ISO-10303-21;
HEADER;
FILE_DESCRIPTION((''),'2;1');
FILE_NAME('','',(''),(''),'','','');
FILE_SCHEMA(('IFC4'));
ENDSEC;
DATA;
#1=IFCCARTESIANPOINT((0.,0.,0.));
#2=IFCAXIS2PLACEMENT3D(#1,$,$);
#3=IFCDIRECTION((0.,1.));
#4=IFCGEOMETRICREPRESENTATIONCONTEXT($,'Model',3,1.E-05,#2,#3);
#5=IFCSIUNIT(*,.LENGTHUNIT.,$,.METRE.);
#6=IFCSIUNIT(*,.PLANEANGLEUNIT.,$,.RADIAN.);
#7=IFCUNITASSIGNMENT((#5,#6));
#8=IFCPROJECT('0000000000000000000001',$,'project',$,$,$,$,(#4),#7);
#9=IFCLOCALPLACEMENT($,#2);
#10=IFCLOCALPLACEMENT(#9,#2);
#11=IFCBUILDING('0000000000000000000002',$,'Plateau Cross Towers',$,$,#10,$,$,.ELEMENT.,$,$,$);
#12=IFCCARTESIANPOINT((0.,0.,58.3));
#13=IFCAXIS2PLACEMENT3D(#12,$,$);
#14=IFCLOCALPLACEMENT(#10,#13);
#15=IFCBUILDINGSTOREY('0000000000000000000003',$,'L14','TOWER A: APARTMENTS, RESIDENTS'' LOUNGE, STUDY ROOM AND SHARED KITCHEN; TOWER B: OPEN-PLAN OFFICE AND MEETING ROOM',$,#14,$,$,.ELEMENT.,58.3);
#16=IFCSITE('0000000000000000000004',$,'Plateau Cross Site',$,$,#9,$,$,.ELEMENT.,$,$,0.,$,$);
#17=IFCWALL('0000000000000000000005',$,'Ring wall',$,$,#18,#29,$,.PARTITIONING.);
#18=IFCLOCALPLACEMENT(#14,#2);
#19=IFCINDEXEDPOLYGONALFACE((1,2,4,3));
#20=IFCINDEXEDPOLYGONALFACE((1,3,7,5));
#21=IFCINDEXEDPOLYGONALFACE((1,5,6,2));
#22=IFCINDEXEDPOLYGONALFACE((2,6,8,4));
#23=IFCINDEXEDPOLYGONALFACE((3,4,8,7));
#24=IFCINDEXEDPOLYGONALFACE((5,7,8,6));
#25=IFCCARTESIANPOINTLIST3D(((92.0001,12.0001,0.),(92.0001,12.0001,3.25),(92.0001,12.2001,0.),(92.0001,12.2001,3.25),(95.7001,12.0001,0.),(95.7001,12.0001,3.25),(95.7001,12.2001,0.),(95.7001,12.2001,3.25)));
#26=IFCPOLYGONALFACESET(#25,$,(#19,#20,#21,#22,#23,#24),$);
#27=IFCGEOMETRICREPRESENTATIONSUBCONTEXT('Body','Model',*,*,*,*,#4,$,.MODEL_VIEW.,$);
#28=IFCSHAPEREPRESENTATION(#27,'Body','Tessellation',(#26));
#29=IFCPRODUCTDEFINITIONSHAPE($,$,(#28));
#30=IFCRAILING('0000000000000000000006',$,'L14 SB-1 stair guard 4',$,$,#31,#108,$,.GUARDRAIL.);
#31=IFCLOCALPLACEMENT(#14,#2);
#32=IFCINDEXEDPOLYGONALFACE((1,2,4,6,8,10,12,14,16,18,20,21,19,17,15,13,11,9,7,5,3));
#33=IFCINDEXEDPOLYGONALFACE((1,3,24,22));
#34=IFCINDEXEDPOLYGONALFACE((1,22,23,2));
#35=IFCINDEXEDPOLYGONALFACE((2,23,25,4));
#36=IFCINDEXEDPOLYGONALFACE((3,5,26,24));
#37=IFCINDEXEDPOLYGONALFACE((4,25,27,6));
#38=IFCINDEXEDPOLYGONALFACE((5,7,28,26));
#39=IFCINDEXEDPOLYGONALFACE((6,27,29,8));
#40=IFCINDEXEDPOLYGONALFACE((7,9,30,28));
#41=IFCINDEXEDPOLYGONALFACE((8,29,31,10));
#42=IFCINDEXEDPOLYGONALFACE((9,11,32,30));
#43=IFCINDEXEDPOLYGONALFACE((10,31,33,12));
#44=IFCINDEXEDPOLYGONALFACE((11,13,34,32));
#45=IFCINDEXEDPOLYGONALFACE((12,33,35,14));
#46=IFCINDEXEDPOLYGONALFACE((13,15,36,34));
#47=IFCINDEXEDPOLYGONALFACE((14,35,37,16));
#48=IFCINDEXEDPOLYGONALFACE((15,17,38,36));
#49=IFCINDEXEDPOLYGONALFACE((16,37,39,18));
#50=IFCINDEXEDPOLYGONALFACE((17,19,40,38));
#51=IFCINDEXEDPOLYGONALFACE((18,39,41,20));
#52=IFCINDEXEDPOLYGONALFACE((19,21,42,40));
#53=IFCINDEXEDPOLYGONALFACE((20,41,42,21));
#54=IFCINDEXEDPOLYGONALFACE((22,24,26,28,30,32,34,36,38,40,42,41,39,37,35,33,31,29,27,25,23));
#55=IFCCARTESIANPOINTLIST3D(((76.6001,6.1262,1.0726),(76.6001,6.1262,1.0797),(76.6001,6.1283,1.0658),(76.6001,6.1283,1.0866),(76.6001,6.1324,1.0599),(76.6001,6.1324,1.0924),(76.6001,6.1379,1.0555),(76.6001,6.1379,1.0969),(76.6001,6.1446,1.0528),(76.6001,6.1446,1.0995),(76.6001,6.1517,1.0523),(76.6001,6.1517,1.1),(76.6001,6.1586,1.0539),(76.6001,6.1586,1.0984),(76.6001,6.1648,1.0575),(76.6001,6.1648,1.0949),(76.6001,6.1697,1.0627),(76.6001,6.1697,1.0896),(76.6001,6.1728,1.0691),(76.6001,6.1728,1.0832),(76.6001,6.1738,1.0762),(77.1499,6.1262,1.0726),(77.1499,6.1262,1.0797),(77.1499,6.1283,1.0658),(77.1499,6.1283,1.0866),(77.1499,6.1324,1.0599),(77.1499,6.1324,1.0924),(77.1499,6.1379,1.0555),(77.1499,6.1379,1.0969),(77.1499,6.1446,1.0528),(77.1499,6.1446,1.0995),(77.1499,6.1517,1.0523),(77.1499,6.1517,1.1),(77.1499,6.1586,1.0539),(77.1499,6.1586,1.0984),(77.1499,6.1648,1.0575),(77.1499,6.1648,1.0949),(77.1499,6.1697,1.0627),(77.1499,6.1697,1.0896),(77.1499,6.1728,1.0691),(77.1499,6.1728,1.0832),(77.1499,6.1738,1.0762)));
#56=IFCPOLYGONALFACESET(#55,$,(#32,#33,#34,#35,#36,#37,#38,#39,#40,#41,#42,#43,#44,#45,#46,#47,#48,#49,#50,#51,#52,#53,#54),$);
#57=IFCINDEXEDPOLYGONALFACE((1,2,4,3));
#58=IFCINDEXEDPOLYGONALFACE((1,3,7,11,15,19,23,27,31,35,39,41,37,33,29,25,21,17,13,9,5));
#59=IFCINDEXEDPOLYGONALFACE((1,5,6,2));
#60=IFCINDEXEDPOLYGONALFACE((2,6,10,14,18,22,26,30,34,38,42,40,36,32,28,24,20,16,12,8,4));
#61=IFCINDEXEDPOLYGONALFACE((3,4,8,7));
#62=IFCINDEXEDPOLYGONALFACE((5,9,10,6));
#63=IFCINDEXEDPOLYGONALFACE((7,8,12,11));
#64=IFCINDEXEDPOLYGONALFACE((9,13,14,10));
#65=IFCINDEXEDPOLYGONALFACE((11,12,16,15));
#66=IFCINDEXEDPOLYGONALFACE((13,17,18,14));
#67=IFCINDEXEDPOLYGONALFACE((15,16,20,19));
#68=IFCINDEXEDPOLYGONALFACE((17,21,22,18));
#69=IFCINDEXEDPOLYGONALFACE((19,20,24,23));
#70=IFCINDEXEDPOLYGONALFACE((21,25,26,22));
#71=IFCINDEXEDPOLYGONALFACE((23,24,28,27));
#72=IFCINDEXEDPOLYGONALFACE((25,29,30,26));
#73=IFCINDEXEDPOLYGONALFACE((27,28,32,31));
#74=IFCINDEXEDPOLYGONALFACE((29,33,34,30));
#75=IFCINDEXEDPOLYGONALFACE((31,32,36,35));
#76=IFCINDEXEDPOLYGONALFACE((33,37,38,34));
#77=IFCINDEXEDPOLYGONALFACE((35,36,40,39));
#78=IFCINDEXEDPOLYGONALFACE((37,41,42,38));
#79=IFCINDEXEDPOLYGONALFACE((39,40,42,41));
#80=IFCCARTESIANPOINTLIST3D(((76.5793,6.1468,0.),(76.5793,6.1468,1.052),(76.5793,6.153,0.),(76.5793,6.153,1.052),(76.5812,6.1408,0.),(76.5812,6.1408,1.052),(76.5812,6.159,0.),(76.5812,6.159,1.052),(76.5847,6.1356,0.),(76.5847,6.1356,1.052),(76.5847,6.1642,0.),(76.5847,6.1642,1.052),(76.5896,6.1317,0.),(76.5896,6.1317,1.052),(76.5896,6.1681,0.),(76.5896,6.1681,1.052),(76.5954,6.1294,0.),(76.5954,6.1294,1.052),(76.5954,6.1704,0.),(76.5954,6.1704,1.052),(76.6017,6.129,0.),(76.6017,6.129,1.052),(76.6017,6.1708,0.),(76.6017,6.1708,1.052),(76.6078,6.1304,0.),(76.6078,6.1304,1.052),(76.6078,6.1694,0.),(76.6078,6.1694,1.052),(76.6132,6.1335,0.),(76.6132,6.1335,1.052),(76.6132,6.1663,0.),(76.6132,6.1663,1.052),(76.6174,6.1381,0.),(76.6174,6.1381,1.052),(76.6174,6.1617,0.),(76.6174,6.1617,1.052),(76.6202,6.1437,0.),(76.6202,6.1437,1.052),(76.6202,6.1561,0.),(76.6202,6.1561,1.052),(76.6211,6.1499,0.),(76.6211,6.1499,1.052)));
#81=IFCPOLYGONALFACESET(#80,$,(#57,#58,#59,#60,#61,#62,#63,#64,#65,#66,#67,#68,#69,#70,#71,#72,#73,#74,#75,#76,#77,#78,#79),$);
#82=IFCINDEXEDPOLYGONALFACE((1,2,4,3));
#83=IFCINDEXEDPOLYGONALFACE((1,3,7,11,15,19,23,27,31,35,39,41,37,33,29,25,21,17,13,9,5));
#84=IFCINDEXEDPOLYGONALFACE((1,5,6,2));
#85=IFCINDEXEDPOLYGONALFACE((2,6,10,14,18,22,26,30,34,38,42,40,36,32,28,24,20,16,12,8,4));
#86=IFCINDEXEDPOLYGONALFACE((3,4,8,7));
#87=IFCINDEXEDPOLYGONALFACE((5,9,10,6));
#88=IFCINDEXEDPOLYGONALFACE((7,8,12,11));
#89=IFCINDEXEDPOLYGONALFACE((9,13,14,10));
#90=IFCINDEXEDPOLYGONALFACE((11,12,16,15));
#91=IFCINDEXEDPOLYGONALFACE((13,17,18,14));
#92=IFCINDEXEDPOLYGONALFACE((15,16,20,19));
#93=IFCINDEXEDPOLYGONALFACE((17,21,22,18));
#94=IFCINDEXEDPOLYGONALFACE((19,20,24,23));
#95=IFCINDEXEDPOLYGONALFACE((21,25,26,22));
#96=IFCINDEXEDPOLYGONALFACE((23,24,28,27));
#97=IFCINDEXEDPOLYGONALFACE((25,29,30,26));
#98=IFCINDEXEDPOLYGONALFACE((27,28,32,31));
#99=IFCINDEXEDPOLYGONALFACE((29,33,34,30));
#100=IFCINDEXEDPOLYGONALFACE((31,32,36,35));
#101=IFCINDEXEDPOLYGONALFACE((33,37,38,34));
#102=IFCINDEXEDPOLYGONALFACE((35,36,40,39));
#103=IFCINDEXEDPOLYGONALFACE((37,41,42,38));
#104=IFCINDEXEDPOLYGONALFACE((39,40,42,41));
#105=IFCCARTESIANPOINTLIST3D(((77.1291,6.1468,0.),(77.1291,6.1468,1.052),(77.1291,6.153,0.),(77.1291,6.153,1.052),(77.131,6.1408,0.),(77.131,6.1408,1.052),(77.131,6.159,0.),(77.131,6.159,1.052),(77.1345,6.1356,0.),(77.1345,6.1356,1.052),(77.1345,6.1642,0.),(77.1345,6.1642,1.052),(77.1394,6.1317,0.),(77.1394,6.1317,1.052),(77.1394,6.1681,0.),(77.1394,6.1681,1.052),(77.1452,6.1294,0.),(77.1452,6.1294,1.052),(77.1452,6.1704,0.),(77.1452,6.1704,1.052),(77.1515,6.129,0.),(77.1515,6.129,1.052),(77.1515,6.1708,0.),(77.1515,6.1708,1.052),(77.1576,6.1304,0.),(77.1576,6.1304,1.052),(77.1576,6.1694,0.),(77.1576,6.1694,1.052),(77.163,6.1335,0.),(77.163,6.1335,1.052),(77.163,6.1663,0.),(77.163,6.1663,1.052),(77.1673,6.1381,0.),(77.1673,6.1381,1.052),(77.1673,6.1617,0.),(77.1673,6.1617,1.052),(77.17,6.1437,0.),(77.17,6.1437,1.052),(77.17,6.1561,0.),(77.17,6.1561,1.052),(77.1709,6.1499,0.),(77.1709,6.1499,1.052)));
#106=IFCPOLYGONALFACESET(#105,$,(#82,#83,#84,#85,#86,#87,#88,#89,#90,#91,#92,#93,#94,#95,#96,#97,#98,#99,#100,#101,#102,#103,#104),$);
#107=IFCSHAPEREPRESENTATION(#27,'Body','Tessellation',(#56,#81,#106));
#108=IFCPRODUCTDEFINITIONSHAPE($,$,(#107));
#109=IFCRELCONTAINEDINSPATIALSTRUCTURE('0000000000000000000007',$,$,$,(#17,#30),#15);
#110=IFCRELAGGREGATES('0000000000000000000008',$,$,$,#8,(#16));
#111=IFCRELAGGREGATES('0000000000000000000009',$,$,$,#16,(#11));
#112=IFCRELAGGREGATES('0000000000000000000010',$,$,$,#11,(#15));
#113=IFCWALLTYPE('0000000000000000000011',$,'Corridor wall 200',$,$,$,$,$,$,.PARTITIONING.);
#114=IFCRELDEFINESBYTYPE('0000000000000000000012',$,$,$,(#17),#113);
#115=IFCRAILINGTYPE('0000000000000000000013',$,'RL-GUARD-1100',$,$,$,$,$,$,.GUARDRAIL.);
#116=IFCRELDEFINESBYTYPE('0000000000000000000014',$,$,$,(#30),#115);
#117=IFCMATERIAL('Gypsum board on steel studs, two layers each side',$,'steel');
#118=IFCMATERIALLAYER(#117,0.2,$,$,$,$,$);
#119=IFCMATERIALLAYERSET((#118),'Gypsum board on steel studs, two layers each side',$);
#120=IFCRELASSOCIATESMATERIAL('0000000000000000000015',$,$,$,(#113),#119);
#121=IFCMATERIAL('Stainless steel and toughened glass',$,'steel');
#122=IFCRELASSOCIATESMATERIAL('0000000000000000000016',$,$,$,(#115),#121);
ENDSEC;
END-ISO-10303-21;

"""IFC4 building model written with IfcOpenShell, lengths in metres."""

from ifc_helpers import new_model, si_unit, direction, frame, frame_2d, origin, origin_2d, place, context, subcontext, project, spatial, rectangle, circle, extrude, material, layer, layer_set, type_object, element, save


model = new_model("IFC4")

# Units and contexts
model_context = context("Model", 3, precision=1e-05, world=origin(), true_north=direction((0.0, 1.0)))
body_context = subcontext(model_context, "Body", "Model", "MODEL_VIEW")
ifc_project = project(units=[si_unit("LENGTHUNIT", "METRE"), si_unit("PLANEANGLEUNIT", "RADIAN")], contexts=[model_context])

# Site, building, storey
site_placement = place(None, origin())
site = spatial("IfcSite", under=ifc_project, at=site_placement, Name="Plateau Cross Site", CompositionType="ELEMENT", RefElevation=0.0)
building_placement = place(site_placement, origin())
building = spatial("IfcBuilding", under=site, at=building_placement, Name="Plateau Cross Towers", CompositionType="ELEMENT")
storey_placement = place(building_placement, frame((0.0, 0.0, 58.3)))
storey = spatial("IfcBuildingStorey", under=building, at=storey_placement, Name="L14", Description="TOWER A: APARTMENTS, RESIDENTS' LOUNGE, STUDY ROOM AND SHARED KITCHEN; TOWER B: OPEN-PLAN OFFICE AND MEETING ROOM", CompositionType="ELEMENT", Elevation=58.3)

# Shared definitions
ifc_material_1 = material(Name="Gypsum board on steel studs, two layers each side", Category="steel")
ifc_layer_1 = layer(ifc_material_1, 0.2)
ifc_layer_set_1 = layer_set([ifc_layer_1], Name="Gypsum board on steel studs, two layers each side")
wall_type_1 = type_object("IfcWallType", Name="Corridor wall 200", PredefinedType="PARTITIONING", material=ifc_layer_set_1)

# Wall
for number, where, z_axis, x_axis, name in (
    (1, (92.0, 12.1001, 0.0), (0.0, 0.0, 1.0), (1.0, 0.0, 0.0), "Ring wall"),
):
    element("IfcWall", number, at=place(storey_placement, frame(where, z_axis=z_axis, x_axis=x_axis)), inside=storey, type_object=wall_type_1, Name=name, PredefinedType="PARTITIONING", context=body_context, shape_type="SweptSolid", body=[
        extrude(rectangle(XDim=3.7, YDim=0.2, at=frame_2d((1.8501, 0.0))), origin(), (0.0, 0.0, 1.0), 3.25),
    ])

# Railing
ifc_material_2 = material(Name="Stainless steel and toughened glass", Category="steel")
railing_type = type_object("IfcRailingType", Name="RL-GUARD-1100", PredefinedType="GUARDRAIL", material=ifc_material_2)
railing_1_placement = place(storey_placement, frame((76.6001, 6.1499, 0.0)))
element("IfcRailing", 2, at=railing_1_placement, inside=storey, type_object=railing_type, Name="L14 SB-1 stair guard 4", PredefinedType="GUARDRAIL", context=body_context, shape_type="SweptSolid", body=[
    extrude(circle(Radius=0.0239, at=origin_2d()), frame((0.0, 0.0, 1.0762), z_axis=(1.0, 0.0, 0.0), x_axis=(0.0, 1.0, 0.0)), (0.0, 0.0, 1.0), 0.5498),
    extrude(circle(Radius=0.021, at=origin_2d()), origin(), (0.0, 0.0, 1.0), 1.052),
    extrude(circle(Radius=0.021, at=origin_2d()), frame((0.5498, 0.0, 0.0)), (0.0, 0.0, 1.0), 1.052),
])

save(model, "model.ifc")
